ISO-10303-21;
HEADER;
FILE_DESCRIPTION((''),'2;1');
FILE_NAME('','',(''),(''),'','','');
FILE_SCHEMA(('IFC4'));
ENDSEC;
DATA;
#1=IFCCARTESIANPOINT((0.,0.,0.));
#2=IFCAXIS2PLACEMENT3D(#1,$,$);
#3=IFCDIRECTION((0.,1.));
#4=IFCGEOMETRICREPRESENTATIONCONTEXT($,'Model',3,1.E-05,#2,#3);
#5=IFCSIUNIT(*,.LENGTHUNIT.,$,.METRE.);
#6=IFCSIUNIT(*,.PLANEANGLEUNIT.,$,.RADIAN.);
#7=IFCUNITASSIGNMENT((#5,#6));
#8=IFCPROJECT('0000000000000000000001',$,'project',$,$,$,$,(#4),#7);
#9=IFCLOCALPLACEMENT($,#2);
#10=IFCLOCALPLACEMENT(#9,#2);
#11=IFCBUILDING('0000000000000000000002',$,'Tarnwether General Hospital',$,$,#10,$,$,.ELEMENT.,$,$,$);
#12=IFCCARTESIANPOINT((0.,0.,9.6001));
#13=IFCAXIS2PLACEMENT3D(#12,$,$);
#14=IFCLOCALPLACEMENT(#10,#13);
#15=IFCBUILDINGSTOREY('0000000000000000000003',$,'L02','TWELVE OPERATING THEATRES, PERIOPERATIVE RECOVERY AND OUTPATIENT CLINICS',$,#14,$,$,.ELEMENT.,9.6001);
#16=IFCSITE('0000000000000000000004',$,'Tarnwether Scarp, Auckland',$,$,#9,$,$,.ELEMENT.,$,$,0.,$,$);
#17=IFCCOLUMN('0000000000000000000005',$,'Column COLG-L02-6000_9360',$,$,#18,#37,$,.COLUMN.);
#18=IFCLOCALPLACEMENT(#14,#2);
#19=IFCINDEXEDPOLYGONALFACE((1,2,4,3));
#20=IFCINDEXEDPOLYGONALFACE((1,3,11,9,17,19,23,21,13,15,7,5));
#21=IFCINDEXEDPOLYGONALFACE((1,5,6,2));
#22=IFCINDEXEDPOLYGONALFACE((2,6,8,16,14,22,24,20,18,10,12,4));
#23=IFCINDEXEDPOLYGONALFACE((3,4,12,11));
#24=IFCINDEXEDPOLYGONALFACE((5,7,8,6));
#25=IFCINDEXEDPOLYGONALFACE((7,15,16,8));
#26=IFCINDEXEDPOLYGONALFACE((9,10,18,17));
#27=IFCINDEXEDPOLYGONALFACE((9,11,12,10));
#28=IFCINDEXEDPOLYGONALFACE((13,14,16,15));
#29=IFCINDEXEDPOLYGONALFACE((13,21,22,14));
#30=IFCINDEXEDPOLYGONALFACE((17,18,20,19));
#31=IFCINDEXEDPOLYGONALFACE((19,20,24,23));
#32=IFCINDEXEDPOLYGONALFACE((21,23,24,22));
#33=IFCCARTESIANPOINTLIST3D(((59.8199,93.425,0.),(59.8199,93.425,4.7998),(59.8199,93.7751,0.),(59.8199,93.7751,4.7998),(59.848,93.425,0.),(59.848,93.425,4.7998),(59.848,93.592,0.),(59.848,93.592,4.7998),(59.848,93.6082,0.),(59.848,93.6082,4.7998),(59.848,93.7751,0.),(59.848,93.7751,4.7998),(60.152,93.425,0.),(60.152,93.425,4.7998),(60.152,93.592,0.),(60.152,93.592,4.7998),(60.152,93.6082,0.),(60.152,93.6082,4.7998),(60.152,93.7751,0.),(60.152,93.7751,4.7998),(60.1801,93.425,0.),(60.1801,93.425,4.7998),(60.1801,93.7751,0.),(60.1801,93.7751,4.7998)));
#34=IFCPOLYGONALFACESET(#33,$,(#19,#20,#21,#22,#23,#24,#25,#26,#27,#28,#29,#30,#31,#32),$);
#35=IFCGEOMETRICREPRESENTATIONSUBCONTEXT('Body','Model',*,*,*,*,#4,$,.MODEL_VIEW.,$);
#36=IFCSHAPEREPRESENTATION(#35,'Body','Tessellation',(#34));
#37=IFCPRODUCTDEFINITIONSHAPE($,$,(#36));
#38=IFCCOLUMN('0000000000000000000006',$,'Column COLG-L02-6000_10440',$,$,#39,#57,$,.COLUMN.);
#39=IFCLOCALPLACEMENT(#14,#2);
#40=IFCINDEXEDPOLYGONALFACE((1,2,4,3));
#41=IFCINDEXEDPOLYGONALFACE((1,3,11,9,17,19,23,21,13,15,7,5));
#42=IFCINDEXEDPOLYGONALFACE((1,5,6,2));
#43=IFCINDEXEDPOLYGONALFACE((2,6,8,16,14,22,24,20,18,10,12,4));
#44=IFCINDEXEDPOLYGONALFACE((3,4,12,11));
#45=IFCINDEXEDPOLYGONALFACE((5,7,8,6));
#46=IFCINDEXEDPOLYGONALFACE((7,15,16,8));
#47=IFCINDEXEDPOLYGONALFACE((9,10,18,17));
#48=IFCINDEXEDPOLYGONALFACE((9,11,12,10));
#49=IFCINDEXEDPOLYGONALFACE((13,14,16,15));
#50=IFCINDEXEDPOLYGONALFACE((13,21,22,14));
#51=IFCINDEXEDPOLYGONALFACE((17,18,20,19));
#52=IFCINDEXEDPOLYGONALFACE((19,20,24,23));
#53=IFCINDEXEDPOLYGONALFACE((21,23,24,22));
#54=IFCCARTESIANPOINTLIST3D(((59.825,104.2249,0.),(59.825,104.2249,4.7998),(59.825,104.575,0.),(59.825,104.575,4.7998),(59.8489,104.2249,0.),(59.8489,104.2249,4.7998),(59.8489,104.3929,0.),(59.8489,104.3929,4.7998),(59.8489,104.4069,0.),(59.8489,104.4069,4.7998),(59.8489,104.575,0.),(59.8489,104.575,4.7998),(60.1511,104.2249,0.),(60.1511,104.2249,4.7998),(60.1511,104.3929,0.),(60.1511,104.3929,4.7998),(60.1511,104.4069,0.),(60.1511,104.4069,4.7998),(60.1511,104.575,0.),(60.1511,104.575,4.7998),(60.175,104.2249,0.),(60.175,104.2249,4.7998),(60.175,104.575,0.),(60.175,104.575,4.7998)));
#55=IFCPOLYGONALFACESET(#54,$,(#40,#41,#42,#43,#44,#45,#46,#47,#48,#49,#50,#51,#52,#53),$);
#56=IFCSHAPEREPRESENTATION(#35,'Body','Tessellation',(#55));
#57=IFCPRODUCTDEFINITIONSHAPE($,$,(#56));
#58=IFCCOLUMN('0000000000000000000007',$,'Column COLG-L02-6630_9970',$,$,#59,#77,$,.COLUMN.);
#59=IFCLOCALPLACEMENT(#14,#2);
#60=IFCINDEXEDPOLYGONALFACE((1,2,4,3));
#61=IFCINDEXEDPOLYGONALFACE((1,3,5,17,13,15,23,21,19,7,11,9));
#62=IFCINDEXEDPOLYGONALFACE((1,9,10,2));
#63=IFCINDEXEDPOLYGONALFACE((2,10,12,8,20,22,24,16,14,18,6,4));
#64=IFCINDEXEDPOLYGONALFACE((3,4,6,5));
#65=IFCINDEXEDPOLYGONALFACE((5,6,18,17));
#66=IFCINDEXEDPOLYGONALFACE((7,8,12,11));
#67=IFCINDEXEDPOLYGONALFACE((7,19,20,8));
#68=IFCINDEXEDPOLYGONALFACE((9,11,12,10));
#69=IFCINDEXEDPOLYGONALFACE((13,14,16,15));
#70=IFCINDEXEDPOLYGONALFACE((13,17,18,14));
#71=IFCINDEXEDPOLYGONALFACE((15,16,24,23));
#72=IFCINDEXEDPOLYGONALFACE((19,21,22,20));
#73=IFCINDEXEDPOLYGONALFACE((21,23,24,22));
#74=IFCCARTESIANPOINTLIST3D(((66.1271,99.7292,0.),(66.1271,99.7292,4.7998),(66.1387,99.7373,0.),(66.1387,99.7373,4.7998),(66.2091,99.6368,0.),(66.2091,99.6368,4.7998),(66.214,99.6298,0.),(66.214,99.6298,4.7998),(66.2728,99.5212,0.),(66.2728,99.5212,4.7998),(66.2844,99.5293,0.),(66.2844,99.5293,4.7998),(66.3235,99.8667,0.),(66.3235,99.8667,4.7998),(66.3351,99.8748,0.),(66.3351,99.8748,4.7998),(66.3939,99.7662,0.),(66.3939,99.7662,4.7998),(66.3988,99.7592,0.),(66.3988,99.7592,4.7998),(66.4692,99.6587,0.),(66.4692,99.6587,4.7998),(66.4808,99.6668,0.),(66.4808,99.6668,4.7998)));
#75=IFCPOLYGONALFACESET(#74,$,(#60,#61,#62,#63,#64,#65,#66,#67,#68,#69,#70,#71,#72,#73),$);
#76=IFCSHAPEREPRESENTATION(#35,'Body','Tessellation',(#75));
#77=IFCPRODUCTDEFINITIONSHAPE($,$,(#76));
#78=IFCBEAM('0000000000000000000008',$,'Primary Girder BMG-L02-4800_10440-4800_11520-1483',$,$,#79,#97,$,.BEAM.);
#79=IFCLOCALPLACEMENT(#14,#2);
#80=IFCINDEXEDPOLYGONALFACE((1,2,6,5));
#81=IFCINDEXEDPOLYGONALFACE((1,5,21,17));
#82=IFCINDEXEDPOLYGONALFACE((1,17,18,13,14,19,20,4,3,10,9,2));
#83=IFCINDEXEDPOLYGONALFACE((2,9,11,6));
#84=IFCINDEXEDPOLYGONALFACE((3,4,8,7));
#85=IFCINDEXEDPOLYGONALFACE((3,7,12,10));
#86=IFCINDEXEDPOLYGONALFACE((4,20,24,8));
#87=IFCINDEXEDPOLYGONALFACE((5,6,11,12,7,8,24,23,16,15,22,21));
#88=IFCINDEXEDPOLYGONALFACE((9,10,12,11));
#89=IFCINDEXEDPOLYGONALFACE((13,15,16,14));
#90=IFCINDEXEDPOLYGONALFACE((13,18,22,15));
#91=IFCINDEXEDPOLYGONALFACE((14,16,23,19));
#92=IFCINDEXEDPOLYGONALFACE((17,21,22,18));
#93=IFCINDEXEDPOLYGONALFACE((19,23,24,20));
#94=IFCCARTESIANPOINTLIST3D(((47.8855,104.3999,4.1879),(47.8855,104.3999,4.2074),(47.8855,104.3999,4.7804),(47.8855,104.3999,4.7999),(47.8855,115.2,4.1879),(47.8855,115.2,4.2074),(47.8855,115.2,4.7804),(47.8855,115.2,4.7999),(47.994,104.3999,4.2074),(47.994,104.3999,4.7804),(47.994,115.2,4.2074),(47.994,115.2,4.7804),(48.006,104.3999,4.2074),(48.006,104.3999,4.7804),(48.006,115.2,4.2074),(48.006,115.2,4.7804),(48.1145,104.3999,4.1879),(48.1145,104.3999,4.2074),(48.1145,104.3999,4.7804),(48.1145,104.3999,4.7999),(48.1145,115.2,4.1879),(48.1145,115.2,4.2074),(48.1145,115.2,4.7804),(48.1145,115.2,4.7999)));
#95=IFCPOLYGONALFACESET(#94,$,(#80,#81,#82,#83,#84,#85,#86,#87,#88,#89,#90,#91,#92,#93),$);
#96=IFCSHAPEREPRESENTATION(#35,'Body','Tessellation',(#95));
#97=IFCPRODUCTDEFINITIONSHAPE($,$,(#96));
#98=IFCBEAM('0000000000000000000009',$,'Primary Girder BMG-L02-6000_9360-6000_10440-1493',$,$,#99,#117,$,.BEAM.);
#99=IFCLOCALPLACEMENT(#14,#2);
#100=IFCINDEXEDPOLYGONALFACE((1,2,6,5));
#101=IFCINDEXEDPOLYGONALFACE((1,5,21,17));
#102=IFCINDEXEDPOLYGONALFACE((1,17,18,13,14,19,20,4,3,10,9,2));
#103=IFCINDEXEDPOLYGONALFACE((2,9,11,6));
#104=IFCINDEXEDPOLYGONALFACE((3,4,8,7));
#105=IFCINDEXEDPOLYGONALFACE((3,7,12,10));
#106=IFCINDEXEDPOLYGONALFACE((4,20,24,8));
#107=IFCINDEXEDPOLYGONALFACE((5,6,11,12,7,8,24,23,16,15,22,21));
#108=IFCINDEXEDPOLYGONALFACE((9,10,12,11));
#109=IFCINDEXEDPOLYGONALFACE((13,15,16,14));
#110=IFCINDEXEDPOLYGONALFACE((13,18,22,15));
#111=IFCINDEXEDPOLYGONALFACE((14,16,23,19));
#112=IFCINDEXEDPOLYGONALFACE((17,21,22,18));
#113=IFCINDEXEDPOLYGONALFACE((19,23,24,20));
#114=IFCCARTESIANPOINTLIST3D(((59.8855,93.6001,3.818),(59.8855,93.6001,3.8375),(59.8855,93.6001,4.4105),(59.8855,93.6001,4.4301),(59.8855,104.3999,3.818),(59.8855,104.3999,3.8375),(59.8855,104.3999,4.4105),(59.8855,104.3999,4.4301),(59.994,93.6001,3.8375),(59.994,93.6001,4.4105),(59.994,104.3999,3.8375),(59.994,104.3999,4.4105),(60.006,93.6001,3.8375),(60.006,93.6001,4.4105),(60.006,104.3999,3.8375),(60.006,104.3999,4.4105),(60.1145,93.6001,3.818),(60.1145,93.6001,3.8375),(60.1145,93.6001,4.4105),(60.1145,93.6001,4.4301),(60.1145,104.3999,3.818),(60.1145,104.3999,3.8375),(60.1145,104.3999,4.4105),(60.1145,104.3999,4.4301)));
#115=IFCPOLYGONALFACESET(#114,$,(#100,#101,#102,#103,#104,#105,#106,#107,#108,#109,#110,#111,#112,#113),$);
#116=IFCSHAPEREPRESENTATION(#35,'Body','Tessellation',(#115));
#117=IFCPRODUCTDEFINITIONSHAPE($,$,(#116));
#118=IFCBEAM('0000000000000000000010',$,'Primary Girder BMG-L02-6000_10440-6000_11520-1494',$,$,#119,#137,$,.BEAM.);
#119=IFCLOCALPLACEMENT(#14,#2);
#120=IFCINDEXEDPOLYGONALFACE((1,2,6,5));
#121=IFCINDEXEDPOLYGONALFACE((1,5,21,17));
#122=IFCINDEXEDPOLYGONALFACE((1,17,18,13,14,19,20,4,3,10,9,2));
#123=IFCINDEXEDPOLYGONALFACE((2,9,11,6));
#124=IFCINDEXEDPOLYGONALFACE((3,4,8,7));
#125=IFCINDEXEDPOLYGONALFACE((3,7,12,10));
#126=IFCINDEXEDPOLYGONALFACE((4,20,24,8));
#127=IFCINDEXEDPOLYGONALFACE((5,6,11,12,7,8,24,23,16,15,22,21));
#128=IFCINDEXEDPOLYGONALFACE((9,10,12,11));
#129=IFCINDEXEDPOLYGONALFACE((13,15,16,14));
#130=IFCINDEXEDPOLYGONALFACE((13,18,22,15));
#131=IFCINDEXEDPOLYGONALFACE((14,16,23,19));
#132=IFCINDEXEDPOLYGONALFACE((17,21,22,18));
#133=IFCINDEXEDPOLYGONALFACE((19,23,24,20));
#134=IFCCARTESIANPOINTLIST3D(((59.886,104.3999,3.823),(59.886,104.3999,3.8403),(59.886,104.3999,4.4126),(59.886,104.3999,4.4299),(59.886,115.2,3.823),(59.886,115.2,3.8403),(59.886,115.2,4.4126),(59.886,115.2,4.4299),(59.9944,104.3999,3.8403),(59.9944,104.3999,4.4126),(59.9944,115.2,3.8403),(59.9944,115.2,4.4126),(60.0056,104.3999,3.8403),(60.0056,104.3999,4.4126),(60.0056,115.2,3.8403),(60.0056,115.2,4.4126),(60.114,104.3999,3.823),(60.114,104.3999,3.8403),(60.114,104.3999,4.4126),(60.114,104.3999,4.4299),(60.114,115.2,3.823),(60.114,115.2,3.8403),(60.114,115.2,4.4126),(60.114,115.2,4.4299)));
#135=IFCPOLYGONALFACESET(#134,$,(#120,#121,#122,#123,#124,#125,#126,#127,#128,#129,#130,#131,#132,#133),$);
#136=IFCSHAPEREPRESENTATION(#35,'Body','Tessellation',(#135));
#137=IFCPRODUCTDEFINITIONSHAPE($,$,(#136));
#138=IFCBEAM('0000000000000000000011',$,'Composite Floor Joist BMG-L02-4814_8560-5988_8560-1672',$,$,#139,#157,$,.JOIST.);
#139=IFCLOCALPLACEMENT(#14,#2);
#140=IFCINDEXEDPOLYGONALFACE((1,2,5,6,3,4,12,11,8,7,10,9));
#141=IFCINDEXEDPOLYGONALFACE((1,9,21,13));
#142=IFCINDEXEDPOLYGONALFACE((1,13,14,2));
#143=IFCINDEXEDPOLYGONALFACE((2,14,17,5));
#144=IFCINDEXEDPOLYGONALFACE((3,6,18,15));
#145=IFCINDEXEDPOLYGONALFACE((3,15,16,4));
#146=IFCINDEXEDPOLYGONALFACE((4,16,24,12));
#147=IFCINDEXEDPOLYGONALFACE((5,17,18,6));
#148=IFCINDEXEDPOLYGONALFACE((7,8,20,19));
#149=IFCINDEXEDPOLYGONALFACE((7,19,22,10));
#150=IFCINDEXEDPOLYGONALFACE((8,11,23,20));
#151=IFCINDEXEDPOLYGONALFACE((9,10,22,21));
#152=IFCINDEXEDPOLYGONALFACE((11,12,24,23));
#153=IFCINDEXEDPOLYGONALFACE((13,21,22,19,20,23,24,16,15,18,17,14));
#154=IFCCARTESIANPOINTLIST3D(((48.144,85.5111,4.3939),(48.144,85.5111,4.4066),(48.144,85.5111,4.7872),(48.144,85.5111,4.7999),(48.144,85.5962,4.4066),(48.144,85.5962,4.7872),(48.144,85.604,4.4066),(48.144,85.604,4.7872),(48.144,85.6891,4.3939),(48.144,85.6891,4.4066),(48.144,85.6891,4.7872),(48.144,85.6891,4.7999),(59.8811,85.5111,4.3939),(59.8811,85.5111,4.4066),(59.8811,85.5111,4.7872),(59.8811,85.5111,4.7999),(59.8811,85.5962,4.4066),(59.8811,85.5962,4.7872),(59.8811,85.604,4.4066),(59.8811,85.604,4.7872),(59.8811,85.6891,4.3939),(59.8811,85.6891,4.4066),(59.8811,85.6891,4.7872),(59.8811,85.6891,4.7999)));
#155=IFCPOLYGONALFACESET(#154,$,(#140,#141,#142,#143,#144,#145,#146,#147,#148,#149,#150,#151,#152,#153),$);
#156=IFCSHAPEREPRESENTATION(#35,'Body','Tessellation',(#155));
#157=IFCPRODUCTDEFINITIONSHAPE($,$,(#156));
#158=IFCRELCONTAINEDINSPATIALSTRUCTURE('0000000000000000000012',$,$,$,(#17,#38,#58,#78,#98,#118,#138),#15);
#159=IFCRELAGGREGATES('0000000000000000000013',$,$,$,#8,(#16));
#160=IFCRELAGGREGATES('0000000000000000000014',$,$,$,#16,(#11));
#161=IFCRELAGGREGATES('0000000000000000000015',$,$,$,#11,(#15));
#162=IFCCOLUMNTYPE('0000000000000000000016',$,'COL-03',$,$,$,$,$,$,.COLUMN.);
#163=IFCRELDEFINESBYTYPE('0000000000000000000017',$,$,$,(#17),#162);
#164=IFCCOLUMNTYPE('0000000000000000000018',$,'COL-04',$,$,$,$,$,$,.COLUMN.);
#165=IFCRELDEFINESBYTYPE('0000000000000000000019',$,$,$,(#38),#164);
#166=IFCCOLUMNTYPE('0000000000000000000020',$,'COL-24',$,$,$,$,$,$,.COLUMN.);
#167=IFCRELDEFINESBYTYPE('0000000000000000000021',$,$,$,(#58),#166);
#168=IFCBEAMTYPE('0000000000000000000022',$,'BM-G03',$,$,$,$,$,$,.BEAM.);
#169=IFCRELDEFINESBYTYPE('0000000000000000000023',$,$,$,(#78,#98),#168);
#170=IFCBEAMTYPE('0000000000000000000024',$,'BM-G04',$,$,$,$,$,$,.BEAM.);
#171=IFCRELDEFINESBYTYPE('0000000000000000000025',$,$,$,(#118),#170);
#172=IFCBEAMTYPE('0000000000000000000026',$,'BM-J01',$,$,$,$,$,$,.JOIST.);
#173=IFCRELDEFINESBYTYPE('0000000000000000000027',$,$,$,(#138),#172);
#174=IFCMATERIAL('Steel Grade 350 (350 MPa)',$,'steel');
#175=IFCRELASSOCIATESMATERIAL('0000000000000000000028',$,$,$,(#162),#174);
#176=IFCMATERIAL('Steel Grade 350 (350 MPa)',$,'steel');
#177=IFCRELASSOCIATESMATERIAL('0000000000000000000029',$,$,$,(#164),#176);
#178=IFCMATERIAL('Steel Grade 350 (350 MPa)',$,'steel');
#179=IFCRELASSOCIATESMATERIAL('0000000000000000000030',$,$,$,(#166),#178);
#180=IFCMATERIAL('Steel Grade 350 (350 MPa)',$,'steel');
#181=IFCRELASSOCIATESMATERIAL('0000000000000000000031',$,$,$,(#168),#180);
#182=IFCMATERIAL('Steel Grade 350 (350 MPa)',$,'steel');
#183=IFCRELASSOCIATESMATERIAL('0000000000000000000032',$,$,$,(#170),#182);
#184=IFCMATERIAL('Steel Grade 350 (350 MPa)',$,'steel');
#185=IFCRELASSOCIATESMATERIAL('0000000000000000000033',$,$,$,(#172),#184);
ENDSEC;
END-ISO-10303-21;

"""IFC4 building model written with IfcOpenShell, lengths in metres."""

from ifc_helpers import new_model, si_unit, direction, frame, origin, origin_2d, place, context, subcontext, project, spatial, i_section, extrude, material, material_profile, profile_set, type_object, element, save


model = new_model("IFC4")

# Units and contexts
model_context = context("Model", 3, precision=1e-05, world=origin(), true_north=direction((0.0, 1.0)))
body_context = subcontext(model_context, "Body", "Model", "MODEL_VIEW")
ifc_project = project(units=[si_unit("LENGTHUNIT", "METRE"), si_unit("PLANEANGLEUNIT", "RADIAN")], contexts=[model_context])

# Site, building, storey
site_placement = place(None, origin())
site = spatial("IfcSite", under=ifc_project, at=site_placement, Name="Tarnwether Scarp, Auckland", CompositionType="ELEMENT", RefElevation=0.0)
building_placement = place(site_placement, origin())
building = spatial("IfcBuilding", under=site, at=building_placement, Name="Tarnwether General Hospital", CompositionType="ELEMENT")
storey_placement = place(building_placement, frame((0.0, 0.0, 9.6001)))
storey = spatial("IfcBuildingStorey", under=building, at=storey_placement, Name="L02", Description="TWELVE OPERATING THEATRES, PERIOPERATIVE RECOVERY AND OUTPATIENT CLINICS", CompositionType="ELEMENT", Elevation=9.6001)

# Columns
ifc_material_1 = material(Name="Steel Grade 350 (350 MPa)", Category="steel")
ifc_material_profile_1 = material_profile(ifc_material_1, i_section(OverallWidth=0.3501, OverallDepth=0.3601, WebThickness=0.0161, FlangeThickness=0.0281, at=origin_2d()), Name="350WC230")
ifc_profile_set_1 = profile_set([ifc_material_profile_1], Name="Steel Grade 350 (350 MPa)")
column_type_1 = type_object("IfcColumnType", Name="COL-03", PredefinedType="COLUMN", material=ifc_profile_set_1)
column_1_placement = place(storey_placement, frame((60.0, 93.6001, 0.0), z_axis=(0.0, 0.0, 1.0), x_axis=(0.0, 1.0, 0.0)))
element("IfcColumn", 1, at=column_1_placement, inside=storey, type_object=column_type_1, Name="Column COLG-L02-6000_9360", PredefinedType="COLUMN", context=body_context, shape_type="SweptSolid", body=[
    extrude(i_section(OverallWidth=0.3501, OverallDepth=0.3601, WebThickness=0.0161, FlangeThickness=0.0281, at=origin_2d()), origin(), (0.0, 0.0, 1.0), 4.7998),
])
ifc_material_2 = material(Name="Steel Grade 350 (350 MPa)", Category="steel")
ifc_material_profile_2 = material_profile(ifc_material_2, i_section(OverallWidth=0.3501, OverallDepth=0.3501, WebThickness=0.0139, FlangeThickness=0.0239, at=origin_2d()), Name="350WC197")
ifc_profile_set_2 = profile_set([ifc_material_profile_2], Name="Steel Grade 350 (350 MPa)")
column_type_2 = type_object("IfcColumnType", Name="COL-04", PredefinedType="COLUMN", material=ifc_profile_set_2)
column_2_placement = place(storey_placement, frame((60.0, 104.3999, 0.0), z_axis=(0.0, 0.0, 1.0), x_axis=(0.0, 1.0, 0.0)))
element("IfcColumn", 2, at=column_2_placement, inside=storey, type_object=column_type_2, Name="Column COLG-L02-6000_10440", PredefinedType="COLUMN", context=body_context, shape_type="SweptSolid", body=[
    extrude(i_section(OverallWidth=0.3501, OverallDepth=0.3501, WebThickness=0.0139, FlangeThickness=0.0239, at=origin_2d()), origin(), (0.0, 0.0, 1.0), 4.7998),
])
ifc_material_3 = material(Name="Steel Grade 350 (350 MPa)", Category="steel")
ifc_material_profile_3 = material_profile(ifc_material_3, i_section(OverallWidth=0.2539, OverallDepth=0.2539, WebThickness=0.0085, FlangeThickness=0.0142, at=origin_2d()), Name="250UC72.9")
ifc_profile_set_3 = profile_set([ifc_material_profile_3], Name="Steel Grade 350 (350 MPa)")
column_type_3 = type_object("IfcColumnType", Name="COL-24", PredefinedType="COLUMN", material=ifc_profile_set_3)
column_3_placement = place(storey_placement, frame((66.304, 99.698, 0.0), z_axis=(0.0, 0.0, 1.0), x_axis=(-0.573576, 0.819152, 0.0)))
element("IfcColumn", 3, at=column_3_placement, inside=storey, type_object=column_type_3, Name="Column COLG-L02-6630_9970", PredefinedType="COLUMN", context=body_context, shape_type="SweptSolid", body=[
    extrude(i_section(OverallWidth=0.2539, OverallDepth=0.2539, WebThickness=0.0085, FlangeThickness=0.0142, at=origin_2d()), origin(), (0.0, 0.0, 1.0), 4.7998),
])

# Beams
ifc_material_4 = material(Name="Steel Grade 350 (350 MPa)", Category="steel")
ifc_material_profile_4 = material_profile(ifc_material_4, i_section(OverallWidth=0.229, OverallDepth=0.6121, WebThickness=0.012, FlangeThickness=0.0195, at=origin_2d()), Name="610UB125")
ifc_profile_set_4 = profile_set([ifc_material_profile_4], Name="Steel Grade 350 (350 MPa)")
beam_type_1 = type_object("IfcBeamType", Name="BM-G03", PredefinedType="BEAM", material=ifc_profile_set_4)
beam_1_placement = place(storey_placement, frame((48.0, 104.3999, 4.4939), z_axis=(0.0, 1.0, 0.0), x_axis=(-1.0, 0.0, 0.0)))
element("IfcBeam", 4, at=beam_1_placement, inside=storey, type_object=beam_type_1, Name="Primary Girder BMG-L02-4800_10440-4800_11520-1483", PredefinedType="BEAM", context=body_context, shape_type="SweptSolid", body=[
    extrude(i_section(OverallWidth=0.229, OverallDepth=0.6121, WebThickness=0.012, FlangeThickness=0.0195, at=origin_2d()), origin(), (0.0, 0.0, 1.0), 10.8),
])
beam_2_placement = place(storey_placement, frame((60.0, 93.6001, 4.124), z_axis=(0.0, 1.0, 0.0), x_axis=(-1.0, 0.0, 0.0)))
element("IfcBeam", 5, at=beam_2_placement, inside=storey, type_object=beam_type_1, Name="Primary Girder BMG-L02-6000_9360-6000_10440-1493", PredefinedType="BEAM", context=body_context, shape_type="SweptSolid", body=[
    extrude(i_section(OverallWidth=0.229, OverallDepth=0.6121, WebThickness=0.012, FlangeThickness=0.0195, at=origin_2d()), origin(), (0.0, 0.0, 1.0), 10.7998),
])
ifc_material_5 = material(Name="Steel Grade 350 (350 MPa)", Category="steel")
ifc_material_profile_5 = material_profile(ifc_material_5, i_section(OverallWidth=0.228, OverallDepth=0.6069, WebThickness=0.0112, FlangeThickness=0.0173, at=origin_2d()), Name="610UB113")
ifc_profile_set_5 = profile_set([ifc_material_profile_5], Name="Steel Grade 350 (350 MPa)")
beam_type_2 = type_object("IfcBeamType", Name="BM-G04", PredefinedType="BEAM", material=ifc_profile_set_5)
beam_3_placement = place(storey_placement, frame((60.0, 104.3999, 4.1265), z_axis=(0.0, 1.0, 0.0), x_axis=(-1.0, 0.0, 0.0)))
element("IfcBeam", 6, at=beam_3_placement, inside=storey, type_object=beam_type_2, Name="Primary Girder BMG-L02-6000_10440-6000_11520-1494", PredefinedType="BEAM", context=body_context, shape_type="SweptSolid", body=[
    extrude(i_section(OverallWidth=0.228, OverallDepth=0.6069, WebThickness=0.0112, FlangeThickness=0.0173, at=origin_2d()), origin(), (0.0, 0.0, 1.0), 10.8),
])
ifc_material_6 = material(Name="Steel Grade 350 (350 MPa)", Category="steel")
ifc_material_profile_6 = material_profile(ifc_material_6, i_section(OverallWidth=0.178, OverallDepth=0.406, WebThickness=0.0078, FlangeThickness=0.0127, at=origin_2d()), Name="410UB59.7")
ifc_profile_set_6 = profile_set([ifc_material_profile_6], Name="Steel Grade 350 (350 MPa)")
beam_type_3 = type_object("IfcBeamType", Name="BM-J01", PredefinedType="JOIST", material=ifc_profile_set_6)
beam_4_placement = place(storey_placement, frame((48.144, 85.6001, 4.5969), z_axis=(1.0, 0.0, 0.0), x_axis=(0.0, 1.0, 0.0)))
element("IfcBeam", 7, at=beam_4_placement, inside=storey, type_object=beam_type_3, Name="Composite Floor Joist BMG-L02-4814_8560-5988_8560-1672", PredefinedType="JOIST", context=body_context, shape_type="SweptSolid", body=[
    extrude(i_section(OverallWidth=0.178, OverallDepth=0.406, WebThickness=0.0078, FlangeThickness=0.0127, at=origin_2d()), origin(), (0.0, 0.0, 1.0), 11.7371),
])

save(model, "model.ifc")
